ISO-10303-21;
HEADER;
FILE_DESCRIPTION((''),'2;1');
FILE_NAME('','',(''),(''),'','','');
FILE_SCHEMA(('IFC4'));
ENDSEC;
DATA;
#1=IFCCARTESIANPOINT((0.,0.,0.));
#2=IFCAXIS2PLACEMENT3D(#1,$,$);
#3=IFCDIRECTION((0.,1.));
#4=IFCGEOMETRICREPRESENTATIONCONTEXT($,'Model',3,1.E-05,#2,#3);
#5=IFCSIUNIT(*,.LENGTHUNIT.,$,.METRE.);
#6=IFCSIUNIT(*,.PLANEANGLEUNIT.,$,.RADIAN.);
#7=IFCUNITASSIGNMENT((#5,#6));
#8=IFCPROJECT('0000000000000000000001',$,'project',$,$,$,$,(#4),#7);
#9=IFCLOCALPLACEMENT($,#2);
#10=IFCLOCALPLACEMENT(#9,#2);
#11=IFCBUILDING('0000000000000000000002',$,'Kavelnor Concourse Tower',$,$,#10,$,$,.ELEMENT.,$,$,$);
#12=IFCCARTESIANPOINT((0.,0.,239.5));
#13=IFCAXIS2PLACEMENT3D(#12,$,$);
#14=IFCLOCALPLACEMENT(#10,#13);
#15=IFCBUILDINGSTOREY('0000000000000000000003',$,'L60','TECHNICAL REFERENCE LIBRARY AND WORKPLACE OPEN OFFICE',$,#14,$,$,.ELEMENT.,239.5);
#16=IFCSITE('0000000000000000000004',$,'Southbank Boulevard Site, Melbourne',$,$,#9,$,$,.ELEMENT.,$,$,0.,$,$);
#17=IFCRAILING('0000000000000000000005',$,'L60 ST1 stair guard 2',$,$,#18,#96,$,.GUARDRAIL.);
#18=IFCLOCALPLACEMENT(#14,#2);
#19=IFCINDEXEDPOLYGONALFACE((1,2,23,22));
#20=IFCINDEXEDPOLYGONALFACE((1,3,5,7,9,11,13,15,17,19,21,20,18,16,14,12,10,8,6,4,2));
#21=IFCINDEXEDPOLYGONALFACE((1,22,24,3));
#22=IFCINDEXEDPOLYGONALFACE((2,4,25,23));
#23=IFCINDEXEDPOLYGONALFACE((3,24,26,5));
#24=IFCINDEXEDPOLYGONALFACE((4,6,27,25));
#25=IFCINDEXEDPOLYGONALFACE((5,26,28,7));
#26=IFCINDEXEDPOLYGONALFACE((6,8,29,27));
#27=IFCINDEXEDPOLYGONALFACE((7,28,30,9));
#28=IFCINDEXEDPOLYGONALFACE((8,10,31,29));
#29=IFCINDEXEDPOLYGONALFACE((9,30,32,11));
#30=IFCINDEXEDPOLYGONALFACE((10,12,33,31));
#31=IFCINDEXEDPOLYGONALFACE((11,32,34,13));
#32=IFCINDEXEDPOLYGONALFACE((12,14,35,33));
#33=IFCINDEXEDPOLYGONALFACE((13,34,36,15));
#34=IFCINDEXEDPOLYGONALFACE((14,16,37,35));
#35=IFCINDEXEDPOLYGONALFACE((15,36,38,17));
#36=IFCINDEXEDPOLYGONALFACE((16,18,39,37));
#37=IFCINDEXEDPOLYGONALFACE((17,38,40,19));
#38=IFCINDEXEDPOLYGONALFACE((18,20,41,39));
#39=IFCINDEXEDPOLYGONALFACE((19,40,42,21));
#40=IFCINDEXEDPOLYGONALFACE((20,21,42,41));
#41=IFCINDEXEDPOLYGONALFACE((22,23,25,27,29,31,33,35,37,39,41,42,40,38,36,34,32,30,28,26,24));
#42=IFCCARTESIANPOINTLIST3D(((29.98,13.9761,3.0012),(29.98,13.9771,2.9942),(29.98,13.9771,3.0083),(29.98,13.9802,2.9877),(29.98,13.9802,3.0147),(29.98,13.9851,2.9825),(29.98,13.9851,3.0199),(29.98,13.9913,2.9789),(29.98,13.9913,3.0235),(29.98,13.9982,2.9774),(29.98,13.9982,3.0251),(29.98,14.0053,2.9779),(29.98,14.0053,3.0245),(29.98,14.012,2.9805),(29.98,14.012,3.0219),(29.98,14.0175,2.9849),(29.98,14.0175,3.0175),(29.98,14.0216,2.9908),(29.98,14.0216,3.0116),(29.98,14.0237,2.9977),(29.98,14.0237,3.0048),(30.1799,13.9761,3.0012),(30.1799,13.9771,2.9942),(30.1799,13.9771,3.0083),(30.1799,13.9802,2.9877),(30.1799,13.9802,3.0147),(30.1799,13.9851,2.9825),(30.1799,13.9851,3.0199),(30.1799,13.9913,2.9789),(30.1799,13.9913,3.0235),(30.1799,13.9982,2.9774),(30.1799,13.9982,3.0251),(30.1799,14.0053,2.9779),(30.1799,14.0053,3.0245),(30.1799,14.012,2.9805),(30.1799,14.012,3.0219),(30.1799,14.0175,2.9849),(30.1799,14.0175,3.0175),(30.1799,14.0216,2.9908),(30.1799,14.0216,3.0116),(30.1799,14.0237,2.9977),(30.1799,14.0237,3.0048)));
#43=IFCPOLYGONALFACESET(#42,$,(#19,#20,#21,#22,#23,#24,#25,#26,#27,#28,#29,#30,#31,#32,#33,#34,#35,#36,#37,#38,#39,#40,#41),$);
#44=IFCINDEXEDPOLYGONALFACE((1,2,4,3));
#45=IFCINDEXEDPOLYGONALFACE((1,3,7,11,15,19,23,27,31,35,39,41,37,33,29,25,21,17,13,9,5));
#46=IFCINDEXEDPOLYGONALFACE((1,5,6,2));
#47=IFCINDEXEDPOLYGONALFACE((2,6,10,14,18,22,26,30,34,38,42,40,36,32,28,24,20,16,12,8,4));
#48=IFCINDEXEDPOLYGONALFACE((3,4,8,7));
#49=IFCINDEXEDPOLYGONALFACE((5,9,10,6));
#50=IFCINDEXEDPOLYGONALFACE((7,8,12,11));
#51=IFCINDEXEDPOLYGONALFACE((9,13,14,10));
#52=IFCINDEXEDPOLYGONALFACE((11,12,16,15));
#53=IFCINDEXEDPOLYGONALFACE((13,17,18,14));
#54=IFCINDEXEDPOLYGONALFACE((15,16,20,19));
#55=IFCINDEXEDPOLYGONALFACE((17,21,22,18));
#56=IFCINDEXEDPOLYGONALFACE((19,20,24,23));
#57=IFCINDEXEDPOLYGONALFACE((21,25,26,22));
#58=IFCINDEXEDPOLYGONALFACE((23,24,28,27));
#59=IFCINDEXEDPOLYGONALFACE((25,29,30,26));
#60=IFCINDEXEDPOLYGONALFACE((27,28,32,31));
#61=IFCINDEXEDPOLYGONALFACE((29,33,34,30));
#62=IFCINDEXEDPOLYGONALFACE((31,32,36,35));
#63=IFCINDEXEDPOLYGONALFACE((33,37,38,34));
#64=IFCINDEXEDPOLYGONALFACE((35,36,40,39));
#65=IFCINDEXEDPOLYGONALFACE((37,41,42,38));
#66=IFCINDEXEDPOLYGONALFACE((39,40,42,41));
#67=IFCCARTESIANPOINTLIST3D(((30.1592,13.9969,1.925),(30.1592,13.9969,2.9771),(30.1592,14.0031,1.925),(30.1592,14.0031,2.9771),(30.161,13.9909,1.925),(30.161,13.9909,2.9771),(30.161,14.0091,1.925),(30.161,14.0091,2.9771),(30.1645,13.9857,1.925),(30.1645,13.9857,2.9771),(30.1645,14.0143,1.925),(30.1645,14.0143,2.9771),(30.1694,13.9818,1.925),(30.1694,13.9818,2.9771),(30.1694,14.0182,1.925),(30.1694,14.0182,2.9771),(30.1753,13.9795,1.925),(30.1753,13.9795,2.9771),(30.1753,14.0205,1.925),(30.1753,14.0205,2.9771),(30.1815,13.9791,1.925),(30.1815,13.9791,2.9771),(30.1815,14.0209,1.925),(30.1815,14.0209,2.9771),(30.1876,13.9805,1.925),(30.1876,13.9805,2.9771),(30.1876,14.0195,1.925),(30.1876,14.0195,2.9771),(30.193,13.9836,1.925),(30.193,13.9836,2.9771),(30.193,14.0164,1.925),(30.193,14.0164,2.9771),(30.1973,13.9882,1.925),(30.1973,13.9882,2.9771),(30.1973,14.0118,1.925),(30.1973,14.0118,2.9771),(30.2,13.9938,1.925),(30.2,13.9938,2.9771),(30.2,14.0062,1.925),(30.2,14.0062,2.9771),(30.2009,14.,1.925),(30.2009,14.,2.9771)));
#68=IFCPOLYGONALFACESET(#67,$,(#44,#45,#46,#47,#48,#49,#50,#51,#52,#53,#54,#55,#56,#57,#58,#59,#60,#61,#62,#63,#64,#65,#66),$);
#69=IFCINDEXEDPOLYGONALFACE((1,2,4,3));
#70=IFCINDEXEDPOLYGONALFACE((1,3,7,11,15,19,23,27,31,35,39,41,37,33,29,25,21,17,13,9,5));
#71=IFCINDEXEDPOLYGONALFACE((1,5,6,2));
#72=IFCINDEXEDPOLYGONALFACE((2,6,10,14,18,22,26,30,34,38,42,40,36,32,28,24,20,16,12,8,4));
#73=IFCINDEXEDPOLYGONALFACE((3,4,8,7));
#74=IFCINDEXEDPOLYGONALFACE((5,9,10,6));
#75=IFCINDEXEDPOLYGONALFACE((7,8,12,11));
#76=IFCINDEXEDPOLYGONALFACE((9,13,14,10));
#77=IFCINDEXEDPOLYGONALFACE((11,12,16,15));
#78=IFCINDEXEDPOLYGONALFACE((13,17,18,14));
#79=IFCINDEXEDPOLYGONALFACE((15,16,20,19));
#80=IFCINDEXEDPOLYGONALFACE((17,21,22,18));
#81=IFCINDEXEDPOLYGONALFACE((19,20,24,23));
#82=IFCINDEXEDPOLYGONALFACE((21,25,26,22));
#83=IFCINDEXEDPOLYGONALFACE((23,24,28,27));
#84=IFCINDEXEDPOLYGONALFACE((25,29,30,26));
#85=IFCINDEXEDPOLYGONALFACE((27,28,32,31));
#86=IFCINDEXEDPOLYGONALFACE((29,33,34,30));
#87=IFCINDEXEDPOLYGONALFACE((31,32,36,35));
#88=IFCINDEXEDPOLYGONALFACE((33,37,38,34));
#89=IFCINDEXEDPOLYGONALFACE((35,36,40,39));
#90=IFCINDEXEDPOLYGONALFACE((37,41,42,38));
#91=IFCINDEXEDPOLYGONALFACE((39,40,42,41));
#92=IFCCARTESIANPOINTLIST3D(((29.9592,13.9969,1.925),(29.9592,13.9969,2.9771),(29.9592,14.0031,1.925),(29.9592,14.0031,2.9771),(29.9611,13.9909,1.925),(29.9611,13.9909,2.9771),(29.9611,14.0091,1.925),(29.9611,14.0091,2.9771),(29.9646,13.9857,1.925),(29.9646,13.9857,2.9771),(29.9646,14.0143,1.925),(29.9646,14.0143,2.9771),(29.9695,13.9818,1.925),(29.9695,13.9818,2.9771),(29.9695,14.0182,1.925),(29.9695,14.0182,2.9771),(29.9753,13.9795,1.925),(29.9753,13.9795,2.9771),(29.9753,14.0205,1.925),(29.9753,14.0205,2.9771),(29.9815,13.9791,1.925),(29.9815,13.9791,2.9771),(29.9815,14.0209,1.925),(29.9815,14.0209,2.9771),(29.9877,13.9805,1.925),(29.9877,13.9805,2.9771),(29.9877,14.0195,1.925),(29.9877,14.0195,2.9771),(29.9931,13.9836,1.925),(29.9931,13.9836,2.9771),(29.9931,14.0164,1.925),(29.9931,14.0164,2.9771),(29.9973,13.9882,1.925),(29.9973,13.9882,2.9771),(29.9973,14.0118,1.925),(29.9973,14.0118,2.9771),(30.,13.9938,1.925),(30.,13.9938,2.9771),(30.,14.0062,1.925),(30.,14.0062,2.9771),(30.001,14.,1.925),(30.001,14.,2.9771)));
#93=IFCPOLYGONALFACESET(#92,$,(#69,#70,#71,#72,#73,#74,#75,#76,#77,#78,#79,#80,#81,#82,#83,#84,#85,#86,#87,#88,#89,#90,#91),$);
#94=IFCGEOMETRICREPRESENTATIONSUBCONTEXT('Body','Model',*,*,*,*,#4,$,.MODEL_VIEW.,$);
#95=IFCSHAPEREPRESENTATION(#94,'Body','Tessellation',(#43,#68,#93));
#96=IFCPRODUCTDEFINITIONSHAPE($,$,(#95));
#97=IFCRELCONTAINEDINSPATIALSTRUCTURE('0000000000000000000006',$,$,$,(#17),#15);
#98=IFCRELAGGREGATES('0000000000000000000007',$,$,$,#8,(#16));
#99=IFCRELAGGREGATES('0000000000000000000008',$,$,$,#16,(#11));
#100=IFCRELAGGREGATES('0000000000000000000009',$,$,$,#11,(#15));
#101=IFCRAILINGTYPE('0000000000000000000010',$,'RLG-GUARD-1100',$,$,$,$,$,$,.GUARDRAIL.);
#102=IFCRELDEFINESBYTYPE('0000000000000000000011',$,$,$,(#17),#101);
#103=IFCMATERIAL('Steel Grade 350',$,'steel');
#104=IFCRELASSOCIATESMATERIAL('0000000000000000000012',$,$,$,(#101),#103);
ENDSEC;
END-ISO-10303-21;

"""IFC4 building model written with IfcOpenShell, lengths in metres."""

from ifc_helpers import new_model, si_unit, direction, frame, origin, origin_2d, place, context, subcontext, project, spatial, circle, extrude, material, type_object, element, save


model = new_model("IFC4")

# Units and contexts
model_context = context("Model", 3, precision=1e-05, world=origin(), true_north=direction((0.0, 1.0)))
body_context = subcontext(model_context, "Body", "Model", "MODEL_VIEW")
ifc_project = project(units=[si_unit("LENGTHUNIT", "METRE"), si_unit("PLANEANGLEUNIT", "RADIAN")], contexts=[model_context])

# Site, building, storey
site_placement = place(None, origin())
site = spatial("IfcSite", under=ifc_project, at=site_placement, Name="Southbank Boulevard Site, Melbourne", CompositionType="ELEMENT", RefElevation=0.0)
building_placement = place(site_placement, origin())
building = spatial("IfcBuilding", under=site, at=building_placement, Name="Kavelnor Concourse Tower", CompositionType="ELEMENT")
storey_placement = place(building_placement, frame((0.0, 0.0, 239.5)))
storey = spatial("IfcBuildingStorey", under=building, at=storey_placement, Name="L60", Description="TECHNICAL REFERENCE LIBRARY AND WORKPLACE OPEN OFFICE", CompositionType="ELEMENT", Elevation=239.5)

# Shared definitions
ifc_material_1 = material(Name="Steel Grade 350", Category="steel")

# Railing
railing_type_1 = type_object("IfcRailingType", Name="RLG-GUARD-1100", PredefinedType="GUARDRAIL", material=ifc_material_1)
railing_1_placement = place(storey_placement, frame((30.1799, 14.0, 1.925)))
element("IfcRailing", 1, at=railing_1_placement, inside=storey, type_object=railing_type_1, Name="L60 ST1 stair guard 2", PredefinedType="GUARDRAIL", context=body_context, shape_type="SweptSolid", body=[
    extrude(circle(Radius=0.0239, at=origin_2d()), frame((0.0, 0.0, 1.0762), z_axis=(-1.0, 0.0, 0.0), x_axis=(0.0, -1.0, 0.0)), (0.0, 0.0, 1.0), 0.2),
    extrude(circle(Radius=0.021, at=origin_2d()), origin(), (0.0, 0.0, 1.0), 1.052),
    extrude(circle(Radius=0.021, at=origin_2d()), frame((-0.2, 0.0, 0.0)), (0.0, 0.0, 1.0), 1.052),
])

save(model, "model.ifc")
